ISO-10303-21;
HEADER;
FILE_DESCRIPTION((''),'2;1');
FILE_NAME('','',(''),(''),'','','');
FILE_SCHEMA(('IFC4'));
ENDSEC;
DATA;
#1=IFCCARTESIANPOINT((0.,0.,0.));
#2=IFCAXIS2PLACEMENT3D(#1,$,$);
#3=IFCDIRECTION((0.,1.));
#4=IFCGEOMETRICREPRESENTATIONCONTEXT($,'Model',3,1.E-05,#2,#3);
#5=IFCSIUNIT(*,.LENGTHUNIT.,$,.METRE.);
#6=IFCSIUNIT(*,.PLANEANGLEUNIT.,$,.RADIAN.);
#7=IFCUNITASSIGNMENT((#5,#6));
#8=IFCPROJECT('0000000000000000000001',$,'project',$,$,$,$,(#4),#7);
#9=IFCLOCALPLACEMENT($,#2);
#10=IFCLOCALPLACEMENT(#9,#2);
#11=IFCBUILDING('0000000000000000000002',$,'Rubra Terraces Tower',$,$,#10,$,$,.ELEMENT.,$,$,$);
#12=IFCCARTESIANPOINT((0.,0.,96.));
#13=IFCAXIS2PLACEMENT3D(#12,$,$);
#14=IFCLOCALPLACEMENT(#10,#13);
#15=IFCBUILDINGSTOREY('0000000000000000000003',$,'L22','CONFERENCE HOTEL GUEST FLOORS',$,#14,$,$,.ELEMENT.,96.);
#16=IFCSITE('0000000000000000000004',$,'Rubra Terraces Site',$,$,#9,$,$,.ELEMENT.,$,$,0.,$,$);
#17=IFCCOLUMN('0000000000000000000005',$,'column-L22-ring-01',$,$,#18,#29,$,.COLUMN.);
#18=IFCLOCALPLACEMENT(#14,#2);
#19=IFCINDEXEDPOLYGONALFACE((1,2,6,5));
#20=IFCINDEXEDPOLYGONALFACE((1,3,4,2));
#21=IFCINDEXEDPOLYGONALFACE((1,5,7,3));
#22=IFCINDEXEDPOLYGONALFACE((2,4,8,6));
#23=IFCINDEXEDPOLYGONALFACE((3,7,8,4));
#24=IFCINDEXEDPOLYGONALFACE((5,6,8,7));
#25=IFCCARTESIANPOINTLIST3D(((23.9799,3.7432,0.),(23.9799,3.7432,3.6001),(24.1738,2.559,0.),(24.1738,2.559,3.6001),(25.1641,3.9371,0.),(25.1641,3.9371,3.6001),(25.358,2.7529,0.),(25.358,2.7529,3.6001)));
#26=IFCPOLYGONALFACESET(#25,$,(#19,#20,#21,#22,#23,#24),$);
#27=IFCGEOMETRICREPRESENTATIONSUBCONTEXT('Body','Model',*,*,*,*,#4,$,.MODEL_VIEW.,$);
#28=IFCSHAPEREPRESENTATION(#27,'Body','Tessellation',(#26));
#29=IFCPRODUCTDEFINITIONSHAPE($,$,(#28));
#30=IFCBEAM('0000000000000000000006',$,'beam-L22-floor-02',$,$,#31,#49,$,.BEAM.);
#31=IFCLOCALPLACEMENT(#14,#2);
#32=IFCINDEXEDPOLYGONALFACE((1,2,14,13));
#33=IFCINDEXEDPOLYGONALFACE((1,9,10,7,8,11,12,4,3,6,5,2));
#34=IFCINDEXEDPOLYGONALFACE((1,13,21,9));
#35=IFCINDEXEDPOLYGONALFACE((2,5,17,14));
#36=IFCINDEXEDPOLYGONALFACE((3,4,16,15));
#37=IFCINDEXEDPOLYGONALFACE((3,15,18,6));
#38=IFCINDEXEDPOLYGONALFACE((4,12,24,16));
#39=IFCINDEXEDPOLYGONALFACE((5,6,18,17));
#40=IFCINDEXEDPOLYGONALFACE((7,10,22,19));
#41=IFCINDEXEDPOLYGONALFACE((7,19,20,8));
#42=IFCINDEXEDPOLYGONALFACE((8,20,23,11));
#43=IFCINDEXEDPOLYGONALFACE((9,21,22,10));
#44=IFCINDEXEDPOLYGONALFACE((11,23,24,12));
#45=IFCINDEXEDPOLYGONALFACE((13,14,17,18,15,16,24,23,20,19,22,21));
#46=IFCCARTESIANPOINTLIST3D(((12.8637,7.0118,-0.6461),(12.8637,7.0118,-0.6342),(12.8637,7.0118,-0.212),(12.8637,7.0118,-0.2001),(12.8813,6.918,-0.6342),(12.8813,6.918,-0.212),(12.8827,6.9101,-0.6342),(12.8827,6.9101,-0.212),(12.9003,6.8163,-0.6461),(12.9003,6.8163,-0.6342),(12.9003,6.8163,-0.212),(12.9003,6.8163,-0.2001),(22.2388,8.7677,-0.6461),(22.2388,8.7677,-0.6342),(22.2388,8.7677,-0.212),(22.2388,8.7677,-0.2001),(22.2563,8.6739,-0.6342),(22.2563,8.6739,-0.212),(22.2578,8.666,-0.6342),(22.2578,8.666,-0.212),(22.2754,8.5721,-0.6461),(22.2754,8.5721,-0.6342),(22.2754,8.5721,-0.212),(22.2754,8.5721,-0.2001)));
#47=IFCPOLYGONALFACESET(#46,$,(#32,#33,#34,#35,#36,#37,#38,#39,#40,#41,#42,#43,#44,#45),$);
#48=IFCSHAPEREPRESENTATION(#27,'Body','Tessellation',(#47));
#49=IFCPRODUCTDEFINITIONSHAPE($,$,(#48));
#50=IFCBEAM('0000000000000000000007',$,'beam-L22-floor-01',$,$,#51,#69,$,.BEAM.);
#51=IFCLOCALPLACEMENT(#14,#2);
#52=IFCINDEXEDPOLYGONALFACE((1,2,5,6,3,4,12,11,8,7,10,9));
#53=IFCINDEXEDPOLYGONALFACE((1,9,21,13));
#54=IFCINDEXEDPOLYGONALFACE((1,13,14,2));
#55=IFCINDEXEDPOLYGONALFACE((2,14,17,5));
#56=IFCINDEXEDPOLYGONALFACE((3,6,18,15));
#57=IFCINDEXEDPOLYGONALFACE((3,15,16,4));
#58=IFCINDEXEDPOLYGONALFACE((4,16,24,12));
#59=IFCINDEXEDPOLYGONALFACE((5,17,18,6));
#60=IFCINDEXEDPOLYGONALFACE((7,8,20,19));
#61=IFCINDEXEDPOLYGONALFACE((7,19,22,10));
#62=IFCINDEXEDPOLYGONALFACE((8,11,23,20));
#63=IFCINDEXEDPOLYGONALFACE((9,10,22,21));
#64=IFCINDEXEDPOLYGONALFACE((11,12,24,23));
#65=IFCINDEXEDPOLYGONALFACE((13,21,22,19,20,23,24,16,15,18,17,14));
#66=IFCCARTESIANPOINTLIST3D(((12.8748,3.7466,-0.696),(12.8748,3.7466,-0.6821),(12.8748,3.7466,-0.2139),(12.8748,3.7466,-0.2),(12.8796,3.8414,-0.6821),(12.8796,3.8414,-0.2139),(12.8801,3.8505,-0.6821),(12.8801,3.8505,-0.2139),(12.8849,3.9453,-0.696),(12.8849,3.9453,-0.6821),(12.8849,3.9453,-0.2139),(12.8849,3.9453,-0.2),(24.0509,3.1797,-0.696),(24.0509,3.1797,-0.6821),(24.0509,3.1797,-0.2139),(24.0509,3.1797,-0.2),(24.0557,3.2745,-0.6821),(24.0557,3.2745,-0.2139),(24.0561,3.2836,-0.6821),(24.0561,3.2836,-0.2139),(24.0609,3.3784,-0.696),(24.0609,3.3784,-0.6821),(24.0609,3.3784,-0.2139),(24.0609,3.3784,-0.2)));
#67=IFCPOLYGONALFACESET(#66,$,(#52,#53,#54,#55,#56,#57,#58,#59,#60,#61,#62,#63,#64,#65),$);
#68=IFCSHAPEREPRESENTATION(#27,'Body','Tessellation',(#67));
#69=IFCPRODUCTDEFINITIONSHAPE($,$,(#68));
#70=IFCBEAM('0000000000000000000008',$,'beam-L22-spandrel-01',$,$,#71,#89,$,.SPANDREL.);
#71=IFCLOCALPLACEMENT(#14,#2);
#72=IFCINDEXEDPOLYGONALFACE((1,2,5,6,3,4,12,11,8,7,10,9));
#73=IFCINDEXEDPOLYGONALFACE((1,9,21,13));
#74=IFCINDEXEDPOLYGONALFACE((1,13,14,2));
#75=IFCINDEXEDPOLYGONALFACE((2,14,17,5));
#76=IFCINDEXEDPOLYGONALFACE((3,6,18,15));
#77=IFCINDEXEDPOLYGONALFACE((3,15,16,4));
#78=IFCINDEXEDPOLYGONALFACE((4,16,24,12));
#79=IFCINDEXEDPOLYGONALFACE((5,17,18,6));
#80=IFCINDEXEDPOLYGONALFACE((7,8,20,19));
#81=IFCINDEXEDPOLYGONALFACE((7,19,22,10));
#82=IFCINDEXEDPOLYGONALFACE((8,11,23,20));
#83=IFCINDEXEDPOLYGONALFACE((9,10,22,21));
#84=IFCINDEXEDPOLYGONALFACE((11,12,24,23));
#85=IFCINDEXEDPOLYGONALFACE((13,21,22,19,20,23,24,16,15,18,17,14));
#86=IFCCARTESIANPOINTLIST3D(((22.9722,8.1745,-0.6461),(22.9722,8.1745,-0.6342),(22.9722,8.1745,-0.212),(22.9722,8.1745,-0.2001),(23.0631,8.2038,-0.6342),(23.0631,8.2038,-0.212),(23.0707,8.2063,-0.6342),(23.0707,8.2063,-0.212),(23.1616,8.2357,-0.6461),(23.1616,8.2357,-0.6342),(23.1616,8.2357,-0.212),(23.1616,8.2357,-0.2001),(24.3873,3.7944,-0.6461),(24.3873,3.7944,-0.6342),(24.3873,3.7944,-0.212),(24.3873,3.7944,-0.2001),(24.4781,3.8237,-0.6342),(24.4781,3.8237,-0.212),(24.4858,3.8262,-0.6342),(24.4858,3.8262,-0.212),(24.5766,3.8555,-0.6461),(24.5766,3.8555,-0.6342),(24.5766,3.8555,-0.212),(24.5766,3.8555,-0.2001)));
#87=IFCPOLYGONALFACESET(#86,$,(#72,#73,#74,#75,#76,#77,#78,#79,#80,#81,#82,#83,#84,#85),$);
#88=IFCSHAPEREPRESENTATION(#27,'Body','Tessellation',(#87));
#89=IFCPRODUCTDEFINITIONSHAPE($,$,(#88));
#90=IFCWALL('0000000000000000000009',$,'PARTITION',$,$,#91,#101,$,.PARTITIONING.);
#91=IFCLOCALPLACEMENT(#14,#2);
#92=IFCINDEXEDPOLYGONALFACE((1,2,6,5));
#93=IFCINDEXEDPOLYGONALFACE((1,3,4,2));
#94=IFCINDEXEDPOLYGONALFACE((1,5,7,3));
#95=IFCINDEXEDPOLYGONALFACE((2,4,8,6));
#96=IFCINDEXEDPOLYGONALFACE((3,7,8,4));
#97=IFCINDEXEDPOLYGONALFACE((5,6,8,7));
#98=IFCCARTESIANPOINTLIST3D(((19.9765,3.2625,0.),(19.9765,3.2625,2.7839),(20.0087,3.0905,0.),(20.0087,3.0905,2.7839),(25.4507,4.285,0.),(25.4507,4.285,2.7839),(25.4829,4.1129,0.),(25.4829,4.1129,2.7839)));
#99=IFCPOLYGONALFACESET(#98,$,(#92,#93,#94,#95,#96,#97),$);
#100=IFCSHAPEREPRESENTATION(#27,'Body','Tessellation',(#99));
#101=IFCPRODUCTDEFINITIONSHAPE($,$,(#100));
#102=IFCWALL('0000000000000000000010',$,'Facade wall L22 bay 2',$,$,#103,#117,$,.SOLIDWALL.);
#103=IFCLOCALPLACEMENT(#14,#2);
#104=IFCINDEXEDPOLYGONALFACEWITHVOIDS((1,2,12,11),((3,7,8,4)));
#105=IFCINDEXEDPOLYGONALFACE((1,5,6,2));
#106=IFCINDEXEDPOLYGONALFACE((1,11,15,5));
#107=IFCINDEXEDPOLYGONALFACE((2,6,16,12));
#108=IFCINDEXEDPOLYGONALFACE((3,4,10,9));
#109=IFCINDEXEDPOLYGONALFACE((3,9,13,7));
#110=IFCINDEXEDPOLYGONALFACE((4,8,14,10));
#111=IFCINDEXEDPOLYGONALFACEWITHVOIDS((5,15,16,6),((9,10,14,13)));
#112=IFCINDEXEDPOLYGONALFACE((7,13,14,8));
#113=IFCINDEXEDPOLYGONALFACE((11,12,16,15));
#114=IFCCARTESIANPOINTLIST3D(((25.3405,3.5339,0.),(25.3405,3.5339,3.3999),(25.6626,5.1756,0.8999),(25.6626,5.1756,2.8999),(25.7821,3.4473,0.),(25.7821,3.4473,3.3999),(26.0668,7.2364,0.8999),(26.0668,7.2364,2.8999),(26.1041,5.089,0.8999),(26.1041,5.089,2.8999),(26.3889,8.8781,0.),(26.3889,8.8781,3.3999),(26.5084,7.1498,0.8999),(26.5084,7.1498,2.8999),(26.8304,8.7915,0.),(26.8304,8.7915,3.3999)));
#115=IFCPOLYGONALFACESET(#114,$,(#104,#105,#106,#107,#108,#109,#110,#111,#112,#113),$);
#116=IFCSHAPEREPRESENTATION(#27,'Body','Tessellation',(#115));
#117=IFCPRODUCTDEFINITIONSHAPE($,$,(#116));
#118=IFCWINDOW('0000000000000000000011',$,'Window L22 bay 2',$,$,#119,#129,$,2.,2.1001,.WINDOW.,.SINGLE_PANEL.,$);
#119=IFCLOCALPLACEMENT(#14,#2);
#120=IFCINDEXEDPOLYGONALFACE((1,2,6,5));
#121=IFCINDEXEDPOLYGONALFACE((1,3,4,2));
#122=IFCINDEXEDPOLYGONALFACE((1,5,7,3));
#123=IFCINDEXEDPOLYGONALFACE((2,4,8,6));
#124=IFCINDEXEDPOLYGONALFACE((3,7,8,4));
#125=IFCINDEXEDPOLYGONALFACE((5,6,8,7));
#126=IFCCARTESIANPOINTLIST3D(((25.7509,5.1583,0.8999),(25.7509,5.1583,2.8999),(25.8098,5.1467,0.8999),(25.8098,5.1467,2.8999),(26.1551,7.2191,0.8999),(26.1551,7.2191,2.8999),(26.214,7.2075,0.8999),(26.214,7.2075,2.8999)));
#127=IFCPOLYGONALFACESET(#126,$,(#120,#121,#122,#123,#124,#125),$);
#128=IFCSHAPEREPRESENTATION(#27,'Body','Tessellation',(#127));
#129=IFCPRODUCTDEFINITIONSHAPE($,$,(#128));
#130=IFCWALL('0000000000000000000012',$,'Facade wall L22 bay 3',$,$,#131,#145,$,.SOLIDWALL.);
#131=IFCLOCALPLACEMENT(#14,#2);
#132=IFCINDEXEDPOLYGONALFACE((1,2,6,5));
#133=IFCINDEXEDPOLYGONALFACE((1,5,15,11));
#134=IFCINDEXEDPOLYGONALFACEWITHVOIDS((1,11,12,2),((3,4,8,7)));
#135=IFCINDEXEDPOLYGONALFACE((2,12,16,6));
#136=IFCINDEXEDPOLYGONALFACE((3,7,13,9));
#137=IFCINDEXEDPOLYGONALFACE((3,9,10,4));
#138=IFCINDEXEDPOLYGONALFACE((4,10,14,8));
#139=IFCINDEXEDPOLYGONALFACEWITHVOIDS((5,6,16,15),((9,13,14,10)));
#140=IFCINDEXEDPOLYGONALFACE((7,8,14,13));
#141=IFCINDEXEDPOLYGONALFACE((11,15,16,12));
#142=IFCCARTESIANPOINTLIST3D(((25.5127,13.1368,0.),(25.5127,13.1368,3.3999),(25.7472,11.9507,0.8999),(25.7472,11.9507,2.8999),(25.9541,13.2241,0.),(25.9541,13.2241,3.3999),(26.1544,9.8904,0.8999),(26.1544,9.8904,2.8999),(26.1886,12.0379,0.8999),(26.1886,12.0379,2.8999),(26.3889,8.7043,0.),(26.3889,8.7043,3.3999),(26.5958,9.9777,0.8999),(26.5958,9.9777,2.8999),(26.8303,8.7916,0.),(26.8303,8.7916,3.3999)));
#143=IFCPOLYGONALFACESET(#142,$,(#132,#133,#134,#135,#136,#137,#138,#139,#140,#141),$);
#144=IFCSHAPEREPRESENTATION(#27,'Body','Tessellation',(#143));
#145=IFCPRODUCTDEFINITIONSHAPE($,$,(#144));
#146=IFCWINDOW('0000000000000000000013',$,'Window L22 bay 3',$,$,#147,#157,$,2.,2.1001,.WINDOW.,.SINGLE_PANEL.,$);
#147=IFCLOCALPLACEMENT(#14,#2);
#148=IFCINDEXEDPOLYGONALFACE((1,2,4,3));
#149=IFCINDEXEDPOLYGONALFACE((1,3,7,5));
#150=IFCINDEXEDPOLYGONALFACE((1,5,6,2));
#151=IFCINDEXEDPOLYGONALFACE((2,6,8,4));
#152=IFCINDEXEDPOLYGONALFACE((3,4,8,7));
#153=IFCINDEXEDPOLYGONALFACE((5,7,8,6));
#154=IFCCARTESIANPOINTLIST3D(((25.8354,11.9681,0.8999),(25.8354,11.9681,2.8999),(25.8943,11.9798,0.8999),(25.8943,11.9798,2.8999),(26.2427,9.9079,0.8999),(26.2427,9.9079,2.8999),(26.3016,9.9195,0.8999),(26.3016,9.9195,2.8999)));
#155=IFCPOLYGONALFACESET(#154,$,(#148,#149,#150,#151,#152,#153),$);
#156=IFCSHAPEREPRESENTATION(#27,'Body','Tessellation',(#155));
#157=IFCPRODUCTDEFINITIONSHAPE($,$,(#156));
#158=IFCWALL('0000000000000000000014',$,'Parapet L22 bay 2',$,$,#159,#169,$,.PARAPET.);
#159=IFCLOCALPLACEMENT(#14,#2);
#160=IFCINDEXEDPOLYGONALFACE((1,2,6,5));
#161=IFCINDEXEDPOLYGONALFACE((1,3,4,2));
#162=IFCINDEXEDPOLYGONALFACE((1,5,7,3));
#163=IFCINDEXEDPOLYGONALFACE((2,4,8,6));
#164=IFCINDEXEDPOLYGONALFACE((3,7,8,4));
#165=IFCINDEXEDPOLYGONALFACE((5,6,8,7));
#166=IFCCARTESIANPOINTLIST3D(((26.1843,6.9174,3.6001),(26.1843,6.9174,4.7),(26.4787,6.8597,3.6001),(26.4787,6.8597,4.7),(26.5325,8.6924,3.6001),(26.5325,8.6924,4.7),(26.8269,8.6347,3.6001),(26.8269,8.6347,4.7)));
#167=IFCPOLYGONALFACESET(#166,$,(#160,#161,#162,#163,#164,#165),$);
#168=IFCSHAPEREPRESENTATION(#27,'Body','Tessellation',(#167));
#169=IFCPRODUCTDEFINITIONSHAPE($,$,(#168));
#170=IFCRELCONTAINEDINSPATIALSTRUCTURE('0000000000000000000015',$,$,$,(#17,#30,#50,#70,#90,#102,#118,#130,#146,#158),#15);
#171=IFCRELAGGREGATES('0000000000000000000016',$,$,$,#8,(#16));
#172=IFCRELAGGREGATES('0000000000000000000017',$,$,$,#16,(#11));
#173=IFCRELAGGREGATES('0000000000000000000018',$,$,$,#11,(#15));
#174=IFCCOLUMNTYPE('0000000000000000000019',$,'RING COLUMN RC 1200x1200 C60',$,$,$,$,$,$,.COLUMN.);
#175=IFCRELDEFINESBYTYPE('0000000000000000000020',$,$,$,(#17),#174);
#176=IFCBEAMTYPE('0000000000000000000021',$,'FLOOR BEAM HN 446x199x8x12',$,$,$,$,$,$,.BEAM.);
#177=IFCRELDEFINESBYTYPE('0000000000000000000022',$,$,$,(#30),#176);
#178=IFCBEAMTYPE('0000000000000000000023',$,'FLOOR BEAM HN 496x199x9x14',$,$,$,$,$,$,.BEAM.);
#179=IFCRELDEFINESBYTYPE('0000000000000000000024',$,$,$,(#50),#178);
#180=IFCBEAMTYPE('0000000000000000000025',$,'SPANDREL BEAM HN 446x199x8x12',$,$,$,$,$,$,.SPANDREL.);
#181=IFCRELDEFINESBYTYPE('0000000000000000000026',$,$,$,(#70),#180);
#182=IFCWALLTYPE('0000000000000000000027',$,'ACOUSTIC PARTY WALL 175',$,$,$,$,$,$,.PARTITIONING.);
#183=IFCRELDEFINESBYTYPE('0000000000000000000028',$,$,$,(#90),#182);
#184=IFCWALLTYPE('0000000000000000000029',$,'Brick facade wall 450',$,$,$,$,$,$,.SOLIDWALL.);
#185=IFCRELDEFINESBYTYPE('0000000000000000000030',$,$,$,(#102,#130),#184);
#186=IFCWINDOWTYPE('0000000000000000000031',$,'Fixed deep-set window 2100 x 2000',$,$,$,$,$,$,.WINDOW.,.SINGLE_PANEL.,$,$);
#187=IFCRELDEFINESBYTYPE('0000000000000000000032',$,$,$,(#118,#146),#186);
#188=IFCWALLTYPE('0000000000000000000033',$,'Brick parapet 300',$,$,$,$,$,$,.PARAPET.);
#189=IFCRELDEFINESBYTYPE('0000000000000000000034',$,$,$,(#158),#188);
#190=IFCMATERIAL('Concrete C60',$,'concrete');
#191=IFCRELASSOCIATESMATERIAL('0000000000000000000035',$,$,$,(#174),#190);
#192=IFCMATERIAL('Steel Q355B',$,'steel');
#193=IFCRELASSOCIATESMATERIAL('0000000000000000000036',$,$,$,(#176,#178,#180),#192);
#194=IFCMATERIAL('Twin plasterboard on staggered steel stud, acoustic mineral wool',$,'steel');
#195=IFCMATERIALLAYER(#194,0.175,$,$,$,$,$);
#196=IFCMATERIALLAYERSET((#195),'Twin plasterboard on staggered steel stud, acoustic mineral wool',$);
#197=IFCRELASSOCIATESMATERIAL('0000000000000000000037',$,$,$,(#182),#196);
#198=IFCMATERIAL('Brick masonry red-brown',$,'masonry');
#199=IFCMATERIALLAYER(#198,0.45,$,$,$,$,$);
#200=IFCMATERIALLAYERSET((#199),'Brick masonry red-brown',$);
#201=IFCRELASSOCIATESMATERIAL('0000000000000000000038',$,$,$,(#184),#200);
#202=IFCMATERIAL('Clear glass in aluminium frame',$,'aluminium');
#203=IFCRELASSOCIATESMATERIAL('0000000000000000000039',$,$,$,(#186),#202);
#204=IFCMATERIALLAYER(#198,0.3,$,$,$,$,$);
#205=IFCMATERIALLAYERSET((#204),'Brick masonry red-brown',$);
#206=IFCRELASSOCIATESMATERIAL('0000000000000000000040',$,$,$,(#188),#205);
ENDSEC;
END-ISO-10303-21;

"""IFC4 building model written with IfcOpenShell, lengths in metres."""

from ifc_helpers import new_model, si_unit, direction, frame, frame_2d, origin, origin_2d, place, context, subcontext, project, spatial, rectangle, i_section, extrude, material, layer, layer_set, material_profile, profile_set, type_object, element, fill, save


model = new_model("IFC4")

# Units and contexts
model_context = context("Model", 3, precision=1e-05, world=origin(), true_north=direction((0.0, 1.0)))
body_context = subcontext(model_context, "Body", "Model", "MODEL_VIEW")
ifc_project = project(units=[si_unit("LENGTHUNIT", "METRE"), si_unit("PLANEANGLEUNIT", "RADIAN")], contexts=[model_context])

# Site, building, storey
site_placement = place(None, origin())
site = spatial("IfcSite", under=ifc_project, at=site_placement, Name="Rubra Terraces Site", CompositionType="ELEMENT", RefElevation=0.0)
building_placement = place(site_placement, origin())
building = spatial("IfcBuilding", under=site, at=building_placement, Name="Rubra Terraces Tower", CompositionType="ELEMENT")
storey_placement = place(building_placement, frame((0.0, 0.0, 96.0)))
storey = spatial("IfcBuildingStorey", under=building, at=storey_placement, Name="L22", Description="CONFERENCE HOTEL GUEST FLOORS", CompositionType="ELEMENT", Elevation=96.0)

# Column
ifc_material_1 = material(Name="Concrete C60", Category="concrete")
ifc_material_profile_1 = material_profile(ifc_material_1, rectangle(XDim=1.2, YDim=1.2, at=origin_2d()), Name="RC 1200x1200")
ifc_profile_set_1 = profile_set([ifc_material_profile_1], Name="Concrete C60")
column_type = type_object("IfcColumnType", Name="RING COLUMN RC 1200x1200 C60", PredefinedType="COLUMN", material=ifc_profile_set_1)
column_placement = place(storey_placement, frame((24.6689, 3.248, 0.0), z_axis=(0.0, 0.0, 1.0), x_axis=(-0.161559, 0.986863, 0.0)))
element("IfcColumn", 1, at=column_placement, inside=storey, type_object=column_type, Name="column-L22-ring-01", PredefinedType="COLUMN", context=body_context, shape_type="SweptSolid", body=[
    extrude(rectangle(XDim=1.2, YDim=1.2, at=origin_2d()), origin(), (0.0, 0.0, 1.0), 3.6001),
])

# Beams
ifc_material_2 = material(Name="Steel Q355B", Category="steel")
ifc_material_profile_2 = material_profile(ifc_material_2, i_section(OverallWidth=0.199, OverallDepth=0.446, WebThickness=0.0081, FlangeThickness=0.012, at=origin_2d()), Name="HN 446x199x8x12")
ifc_profile_set_2 = profile_set([ifc_material_profile_2], Name="Steel Q355B")
beam_type_1 = type_object("IfcBeamType", Name="FLOOR BEAM HN 446x199x8x12", PredefinedType="BEAM", material=ifc_profile_set_2)
beam_1_placement = place(storey_placement, frame((22.2571, 8.6699, -0.4231), z_axis=(-0.982909, -0.184091, 0.0), x_axis=(0.184091, -0.982909, 0.0)))
element("IfcBeam", 2, at=beam_1_placement, inside=storey, type_object=beam_type_1, Name="beam-L22-floor-02", PredefinedType="BEAM", context=body_context, shape_type="SweptSolid", body=[
    extrude(i_section(OverallWidth=0.199, OverallDepth=0.446, WebThickness=0.0081, FlangeThickness=0.012, at=origin_2d()), origin(), (0.0, 0.0, 1.0), 9.5381),
])
ifc_material_profile_3 = material_profile(ifc_material_2, i_section(OverallWidth=0.199, OverallDepth=0.4961, WebThickness=0.009, FlangeThickness=0.0139, at=origin_2d()), Name="HN 496x199x9x14")
ifc_profile_set_3 = profile_set([ifc_material_profile_3], Name="Steel Q355B")
beam_type_2 = type_object("IfcBeamType", Name="FLOOR BEAM HN 496x199x9x14", PredefinedType="BEAM", material=ifc_profile_set_3)
beam_2_placement = place(storey_placement, frame((24.0559, 3.2791, -0.448), z_axis=(-0.998716, 0.050659, 0.0), x_axis=(-0.050659, -0.998716, 0.0)))
element("IfcBeam", 3, at=beam_2_placement, inside=storey, type_object=beam_type_2, Name="beam-L22-floor-01", PredefinedType="BEAM", context=body_context, shape_type="SweptSolid", body=[
    extrude(i_section(OverallWidth=0.199, OverallDepth=0.4961, WebThickness=0.009, FlangeThickness=0.0139, at=origin_2d()), origin(), (0.0, 0.0, 1.0), 11.1904),
])
ifc_material_profile_4 = material_profile(ifc_material_2, i_section(OverallWidth=0.199, OverallDepth=0.446, WebThickness=0.0081, FlangeThickness=0.012, at=origin_2d()), Name="HN 446x199x8x12")
ifc_profile_set_4 = profile_set([ifc_material_profile_4], Name="Steel Q355B")
beam_type_3 = type_object("IfcBeamType", Name="SPANDREL BEAM HN 446x199x8x12", PredefinedType="SPANDREL", material=ifc_profile_set_4)
beam_3_placement = place(storey_placement, frame((24.4819, 3.825, -0.4231), z_axis=(-0.307415, 0.951576, 0.0), x_axis=(-0.951576, -0.307415, 0.0)))
element("IfcBeam", 4, at=beam_3_placement, inside=storey, type_object=beam_type_3, Name="beam-L22-spandrel-01", PredefinedType="SPANDREL", context=body_context, shape_type="SweptSolid", body=[
    extrude(i_section(OverallWidth=0.199, OverallDepth=0.446, WebThickness=0.0081, FlangeThickness=0.012, at=origin_2d()), origin(), (0.0, 0.0, 1.0), 4.603),
])

# Wall
ifc_material_3 = material(Name="Twin plasterboard on staggered steel stud, acoustic mineral wool", Category="steel")
ifc_layer_1 = layer(ifc_material_3, 0.175)
ifc_layer_set_1 = layer_set([ifc_layer_1], Name="Twin plasterboard on staggered steel stud, acoustic mineral wool")
wall_type_1 = type_object("IfcWallType", Name="ACOUSTIC PARTY WALL 175", PredefinedType="PARTITIONING", material=ifc_layer_set_1)
wall_1_placement = place(storey_placement, frame((25.4668, 4.199, 0.0), z_axis=(0.0, 0.0, 1.0), x_axis=(-0.983, -0.183606, 0.0)))
element("IfcWall", 5, at=wall_1_placement, inside=storey, type_object=wall_type_1, Name="PARTITION", PredefinedType="PARTITIONING", context=body_context, shape_type="SweptSolid", body=[
    extrude(rectangle(XDim=5.5688, YDim=0.175, at=frame_2d((2.7844, 0.0))), origin(), (0.0, 0.0, 1.0), 2.7839),
])

# Walls, openings, windows
ifc_material_4 = material(Name="Brick masonry red-brown", Category="masonry")
ifc_layer_2 = layer(ifc_material_4, 0.45)
ifc_layer_set_2 = layer_set([ifc_layer_2], Name="Brick masonry red-brown")
wall_type_2 = type_object("IfcWallType", Name="Brick facade wall 450", PredefinedType="SOLIDWALL", material=ifc_layer_set_2)
wall_2_placement = place(storey_placement, frame((25.5613, 3.4905, 0.0), z_axis=(0.0, 0.0, 1.0), x_axis=(0.192494, 0.981298, 0.0)))
wall_2 = element("IfcWall", 6, at=wall_2_placement, inside=storey, type_object=wall_type_2, Name="Facade wall L22 bay 2", PredefinedType="SOLIDWALL", context=body_context, shape_type="SweptSolid", body=[
    extrude(rectangle(XDim=5.446, YDim=0.45, at=frame_2d((2.7231, 0.0))), origin(), (0.0, 0.0, 1.0), 3.3999),
])
opening_1_placement = place(wall_2_placement, frame((1.6731, 0.0, 0.8999)))
opening_1 = element("IfcOpeningElement", 7, at=opening_1_placement, cuts=wall_2, PredefinedType="OPENING", context=body_context, shape_type="SweptSolid", body=[
    extrude(rectangle(XDim=2.1001, YDim=2.0, at=frame_2d((1.05, 1.0))), frame((0.0, 0.2349, 0.0), z_axis=(0.0, -1.0, 0.0), x_axis=(1.0, 0.0, 0.0)), (0.0, 0.0, 1.0), 0.47),
])
ifc_material_5 = material(Name="Clear glass in aluminium frame", Category="aluminium")
window_type = type_object("IfcWindowType", Name="Fixed deep-set window 2100 x 2000", PartitioningType="SINGLE_PANEL", PredefinedType="WINDOW", material=ifc_material_5)
window_1_placement = place(opening_1_placement, origin())
window_1 = element("IfcWindow", 8, at=window_1_placement, inside=storey, type_object=window_type, Name="Window L22 bay 2", OverallHeight=2.0, OverallWidth=2.1001, PartitioningType="SINGLE_PANEL", PredefinedType="WINDOW", context=body_context, shape_type="SweptSolid", body=[
    extrude(rectangle(XDim=2.1001, YDim=2.0, at=frame_2d((1.05, 1.0))), frame((0.0, 0.135, 0.0), z_axis=(0.0, -1.0, 0.0), x_axis=(1.0, 0.0, 0.0)), (0.0, 0.0, 1.0), 0.0601),
])
fill(opening_1, window_1)
wall_3_placement = place(storey_placement, frame((26.6096, 8.7478, 0.0), z_axis=(0.0, 0.0, 1.0), x_axis=(-0.193923, 0.981017, 0.0)))
wall_3 = element("IfcWall", 9, at=wall_3_placement, inside=storey, type_object=wall_type_2, Name="Facade wall L22 bay 3", PredefinedType="SOLIDWALL", context=body_context, shape_type="SweptSolid", body=[
    extrude(rectangle(XDim=4.5183, YDim=0.45, at=frame_2d((2.2593, 0.0))), origin(), (0.0, 0.0, 1.0), 3.3999),
])
opening_2_placement = place(wall_3_placement, frame((1.2092, 0.0, 0.8999)))
opening_2 = element("IfcOpeningElement", 10, at=opening_2_placement, cuts=wall_3, PredefinedType="OPENING", context=body_context, shape_type="SweptSolid", body=[
    extrude(rectangle(XDim=2.1001, YDim=2.0, at=frame_2d((1.05, 1.0))), frame((0.0, 0.2349, 0.0), z_axis=(0.0, -1.0, 0.0), x_axis=(1.0, 0.0, 0.0)), (0.0, 0.0, 1.0), 0.47),
])
window_2_placement = place(opening_2_placement, origin())
window_2 = element("IfcWindow", 11, at=window_2_placement, inside=storey, type_object=window_type, Name="Window L22 bay 3", OverallHeight=2.0, OverallWidth=2.1001, PartitioningType="SINGLE_PANEL", PredefinedType="WINDOW", context=body_context, shape_type="SweptSolid", body=[
    extrude(rectangle(XDim=2.1001, YDim=2.0, at=frame_2d((1.05, 1.0))), frame((0.0, 0.135, 0.0), z_axis=(0.0, -1.0, 0.0), x_axis=(1.0, 0.0, 0.0)), (0.0, 0.0, 1.0), 0.0601),
])
fill(opening_2, window_2)

# Wall
ifc_layer_3 = layer(ifc_material_4, 0.3)
ifc_layer_set_3 = layer_set([ifc_layer_3], Name="Brick masonry red-brown")
wall_type_3 = type_object("IfcWallType", Name="Brick parapet 300", PredefinedType="PARAPET", material=ifc_layer_set_3)
wall_4_placement = place(storey_placement, frame((26.3315, 6.8887, 3.6001), z_axis=(0.0, 0.0, 1.0), x_axis=(0.192481, 0.981301, 0.0)))
element("IfcWall", 12, at=wall_4_placement, inside=storey, type_object=wall_type_3, Name="Parapet L22 bay 2", PredefinedType="PARAPET", context=body_context, shape_type="SweptSolid", body=[
    extrude(rectangle(XDim=1.8088, YDim=0.3, at=frame_2d((0.9043, 0.0))), origin(), (0.0, 0.0, 1.0), 1.0999),
])

save(model, "model.ifc")
